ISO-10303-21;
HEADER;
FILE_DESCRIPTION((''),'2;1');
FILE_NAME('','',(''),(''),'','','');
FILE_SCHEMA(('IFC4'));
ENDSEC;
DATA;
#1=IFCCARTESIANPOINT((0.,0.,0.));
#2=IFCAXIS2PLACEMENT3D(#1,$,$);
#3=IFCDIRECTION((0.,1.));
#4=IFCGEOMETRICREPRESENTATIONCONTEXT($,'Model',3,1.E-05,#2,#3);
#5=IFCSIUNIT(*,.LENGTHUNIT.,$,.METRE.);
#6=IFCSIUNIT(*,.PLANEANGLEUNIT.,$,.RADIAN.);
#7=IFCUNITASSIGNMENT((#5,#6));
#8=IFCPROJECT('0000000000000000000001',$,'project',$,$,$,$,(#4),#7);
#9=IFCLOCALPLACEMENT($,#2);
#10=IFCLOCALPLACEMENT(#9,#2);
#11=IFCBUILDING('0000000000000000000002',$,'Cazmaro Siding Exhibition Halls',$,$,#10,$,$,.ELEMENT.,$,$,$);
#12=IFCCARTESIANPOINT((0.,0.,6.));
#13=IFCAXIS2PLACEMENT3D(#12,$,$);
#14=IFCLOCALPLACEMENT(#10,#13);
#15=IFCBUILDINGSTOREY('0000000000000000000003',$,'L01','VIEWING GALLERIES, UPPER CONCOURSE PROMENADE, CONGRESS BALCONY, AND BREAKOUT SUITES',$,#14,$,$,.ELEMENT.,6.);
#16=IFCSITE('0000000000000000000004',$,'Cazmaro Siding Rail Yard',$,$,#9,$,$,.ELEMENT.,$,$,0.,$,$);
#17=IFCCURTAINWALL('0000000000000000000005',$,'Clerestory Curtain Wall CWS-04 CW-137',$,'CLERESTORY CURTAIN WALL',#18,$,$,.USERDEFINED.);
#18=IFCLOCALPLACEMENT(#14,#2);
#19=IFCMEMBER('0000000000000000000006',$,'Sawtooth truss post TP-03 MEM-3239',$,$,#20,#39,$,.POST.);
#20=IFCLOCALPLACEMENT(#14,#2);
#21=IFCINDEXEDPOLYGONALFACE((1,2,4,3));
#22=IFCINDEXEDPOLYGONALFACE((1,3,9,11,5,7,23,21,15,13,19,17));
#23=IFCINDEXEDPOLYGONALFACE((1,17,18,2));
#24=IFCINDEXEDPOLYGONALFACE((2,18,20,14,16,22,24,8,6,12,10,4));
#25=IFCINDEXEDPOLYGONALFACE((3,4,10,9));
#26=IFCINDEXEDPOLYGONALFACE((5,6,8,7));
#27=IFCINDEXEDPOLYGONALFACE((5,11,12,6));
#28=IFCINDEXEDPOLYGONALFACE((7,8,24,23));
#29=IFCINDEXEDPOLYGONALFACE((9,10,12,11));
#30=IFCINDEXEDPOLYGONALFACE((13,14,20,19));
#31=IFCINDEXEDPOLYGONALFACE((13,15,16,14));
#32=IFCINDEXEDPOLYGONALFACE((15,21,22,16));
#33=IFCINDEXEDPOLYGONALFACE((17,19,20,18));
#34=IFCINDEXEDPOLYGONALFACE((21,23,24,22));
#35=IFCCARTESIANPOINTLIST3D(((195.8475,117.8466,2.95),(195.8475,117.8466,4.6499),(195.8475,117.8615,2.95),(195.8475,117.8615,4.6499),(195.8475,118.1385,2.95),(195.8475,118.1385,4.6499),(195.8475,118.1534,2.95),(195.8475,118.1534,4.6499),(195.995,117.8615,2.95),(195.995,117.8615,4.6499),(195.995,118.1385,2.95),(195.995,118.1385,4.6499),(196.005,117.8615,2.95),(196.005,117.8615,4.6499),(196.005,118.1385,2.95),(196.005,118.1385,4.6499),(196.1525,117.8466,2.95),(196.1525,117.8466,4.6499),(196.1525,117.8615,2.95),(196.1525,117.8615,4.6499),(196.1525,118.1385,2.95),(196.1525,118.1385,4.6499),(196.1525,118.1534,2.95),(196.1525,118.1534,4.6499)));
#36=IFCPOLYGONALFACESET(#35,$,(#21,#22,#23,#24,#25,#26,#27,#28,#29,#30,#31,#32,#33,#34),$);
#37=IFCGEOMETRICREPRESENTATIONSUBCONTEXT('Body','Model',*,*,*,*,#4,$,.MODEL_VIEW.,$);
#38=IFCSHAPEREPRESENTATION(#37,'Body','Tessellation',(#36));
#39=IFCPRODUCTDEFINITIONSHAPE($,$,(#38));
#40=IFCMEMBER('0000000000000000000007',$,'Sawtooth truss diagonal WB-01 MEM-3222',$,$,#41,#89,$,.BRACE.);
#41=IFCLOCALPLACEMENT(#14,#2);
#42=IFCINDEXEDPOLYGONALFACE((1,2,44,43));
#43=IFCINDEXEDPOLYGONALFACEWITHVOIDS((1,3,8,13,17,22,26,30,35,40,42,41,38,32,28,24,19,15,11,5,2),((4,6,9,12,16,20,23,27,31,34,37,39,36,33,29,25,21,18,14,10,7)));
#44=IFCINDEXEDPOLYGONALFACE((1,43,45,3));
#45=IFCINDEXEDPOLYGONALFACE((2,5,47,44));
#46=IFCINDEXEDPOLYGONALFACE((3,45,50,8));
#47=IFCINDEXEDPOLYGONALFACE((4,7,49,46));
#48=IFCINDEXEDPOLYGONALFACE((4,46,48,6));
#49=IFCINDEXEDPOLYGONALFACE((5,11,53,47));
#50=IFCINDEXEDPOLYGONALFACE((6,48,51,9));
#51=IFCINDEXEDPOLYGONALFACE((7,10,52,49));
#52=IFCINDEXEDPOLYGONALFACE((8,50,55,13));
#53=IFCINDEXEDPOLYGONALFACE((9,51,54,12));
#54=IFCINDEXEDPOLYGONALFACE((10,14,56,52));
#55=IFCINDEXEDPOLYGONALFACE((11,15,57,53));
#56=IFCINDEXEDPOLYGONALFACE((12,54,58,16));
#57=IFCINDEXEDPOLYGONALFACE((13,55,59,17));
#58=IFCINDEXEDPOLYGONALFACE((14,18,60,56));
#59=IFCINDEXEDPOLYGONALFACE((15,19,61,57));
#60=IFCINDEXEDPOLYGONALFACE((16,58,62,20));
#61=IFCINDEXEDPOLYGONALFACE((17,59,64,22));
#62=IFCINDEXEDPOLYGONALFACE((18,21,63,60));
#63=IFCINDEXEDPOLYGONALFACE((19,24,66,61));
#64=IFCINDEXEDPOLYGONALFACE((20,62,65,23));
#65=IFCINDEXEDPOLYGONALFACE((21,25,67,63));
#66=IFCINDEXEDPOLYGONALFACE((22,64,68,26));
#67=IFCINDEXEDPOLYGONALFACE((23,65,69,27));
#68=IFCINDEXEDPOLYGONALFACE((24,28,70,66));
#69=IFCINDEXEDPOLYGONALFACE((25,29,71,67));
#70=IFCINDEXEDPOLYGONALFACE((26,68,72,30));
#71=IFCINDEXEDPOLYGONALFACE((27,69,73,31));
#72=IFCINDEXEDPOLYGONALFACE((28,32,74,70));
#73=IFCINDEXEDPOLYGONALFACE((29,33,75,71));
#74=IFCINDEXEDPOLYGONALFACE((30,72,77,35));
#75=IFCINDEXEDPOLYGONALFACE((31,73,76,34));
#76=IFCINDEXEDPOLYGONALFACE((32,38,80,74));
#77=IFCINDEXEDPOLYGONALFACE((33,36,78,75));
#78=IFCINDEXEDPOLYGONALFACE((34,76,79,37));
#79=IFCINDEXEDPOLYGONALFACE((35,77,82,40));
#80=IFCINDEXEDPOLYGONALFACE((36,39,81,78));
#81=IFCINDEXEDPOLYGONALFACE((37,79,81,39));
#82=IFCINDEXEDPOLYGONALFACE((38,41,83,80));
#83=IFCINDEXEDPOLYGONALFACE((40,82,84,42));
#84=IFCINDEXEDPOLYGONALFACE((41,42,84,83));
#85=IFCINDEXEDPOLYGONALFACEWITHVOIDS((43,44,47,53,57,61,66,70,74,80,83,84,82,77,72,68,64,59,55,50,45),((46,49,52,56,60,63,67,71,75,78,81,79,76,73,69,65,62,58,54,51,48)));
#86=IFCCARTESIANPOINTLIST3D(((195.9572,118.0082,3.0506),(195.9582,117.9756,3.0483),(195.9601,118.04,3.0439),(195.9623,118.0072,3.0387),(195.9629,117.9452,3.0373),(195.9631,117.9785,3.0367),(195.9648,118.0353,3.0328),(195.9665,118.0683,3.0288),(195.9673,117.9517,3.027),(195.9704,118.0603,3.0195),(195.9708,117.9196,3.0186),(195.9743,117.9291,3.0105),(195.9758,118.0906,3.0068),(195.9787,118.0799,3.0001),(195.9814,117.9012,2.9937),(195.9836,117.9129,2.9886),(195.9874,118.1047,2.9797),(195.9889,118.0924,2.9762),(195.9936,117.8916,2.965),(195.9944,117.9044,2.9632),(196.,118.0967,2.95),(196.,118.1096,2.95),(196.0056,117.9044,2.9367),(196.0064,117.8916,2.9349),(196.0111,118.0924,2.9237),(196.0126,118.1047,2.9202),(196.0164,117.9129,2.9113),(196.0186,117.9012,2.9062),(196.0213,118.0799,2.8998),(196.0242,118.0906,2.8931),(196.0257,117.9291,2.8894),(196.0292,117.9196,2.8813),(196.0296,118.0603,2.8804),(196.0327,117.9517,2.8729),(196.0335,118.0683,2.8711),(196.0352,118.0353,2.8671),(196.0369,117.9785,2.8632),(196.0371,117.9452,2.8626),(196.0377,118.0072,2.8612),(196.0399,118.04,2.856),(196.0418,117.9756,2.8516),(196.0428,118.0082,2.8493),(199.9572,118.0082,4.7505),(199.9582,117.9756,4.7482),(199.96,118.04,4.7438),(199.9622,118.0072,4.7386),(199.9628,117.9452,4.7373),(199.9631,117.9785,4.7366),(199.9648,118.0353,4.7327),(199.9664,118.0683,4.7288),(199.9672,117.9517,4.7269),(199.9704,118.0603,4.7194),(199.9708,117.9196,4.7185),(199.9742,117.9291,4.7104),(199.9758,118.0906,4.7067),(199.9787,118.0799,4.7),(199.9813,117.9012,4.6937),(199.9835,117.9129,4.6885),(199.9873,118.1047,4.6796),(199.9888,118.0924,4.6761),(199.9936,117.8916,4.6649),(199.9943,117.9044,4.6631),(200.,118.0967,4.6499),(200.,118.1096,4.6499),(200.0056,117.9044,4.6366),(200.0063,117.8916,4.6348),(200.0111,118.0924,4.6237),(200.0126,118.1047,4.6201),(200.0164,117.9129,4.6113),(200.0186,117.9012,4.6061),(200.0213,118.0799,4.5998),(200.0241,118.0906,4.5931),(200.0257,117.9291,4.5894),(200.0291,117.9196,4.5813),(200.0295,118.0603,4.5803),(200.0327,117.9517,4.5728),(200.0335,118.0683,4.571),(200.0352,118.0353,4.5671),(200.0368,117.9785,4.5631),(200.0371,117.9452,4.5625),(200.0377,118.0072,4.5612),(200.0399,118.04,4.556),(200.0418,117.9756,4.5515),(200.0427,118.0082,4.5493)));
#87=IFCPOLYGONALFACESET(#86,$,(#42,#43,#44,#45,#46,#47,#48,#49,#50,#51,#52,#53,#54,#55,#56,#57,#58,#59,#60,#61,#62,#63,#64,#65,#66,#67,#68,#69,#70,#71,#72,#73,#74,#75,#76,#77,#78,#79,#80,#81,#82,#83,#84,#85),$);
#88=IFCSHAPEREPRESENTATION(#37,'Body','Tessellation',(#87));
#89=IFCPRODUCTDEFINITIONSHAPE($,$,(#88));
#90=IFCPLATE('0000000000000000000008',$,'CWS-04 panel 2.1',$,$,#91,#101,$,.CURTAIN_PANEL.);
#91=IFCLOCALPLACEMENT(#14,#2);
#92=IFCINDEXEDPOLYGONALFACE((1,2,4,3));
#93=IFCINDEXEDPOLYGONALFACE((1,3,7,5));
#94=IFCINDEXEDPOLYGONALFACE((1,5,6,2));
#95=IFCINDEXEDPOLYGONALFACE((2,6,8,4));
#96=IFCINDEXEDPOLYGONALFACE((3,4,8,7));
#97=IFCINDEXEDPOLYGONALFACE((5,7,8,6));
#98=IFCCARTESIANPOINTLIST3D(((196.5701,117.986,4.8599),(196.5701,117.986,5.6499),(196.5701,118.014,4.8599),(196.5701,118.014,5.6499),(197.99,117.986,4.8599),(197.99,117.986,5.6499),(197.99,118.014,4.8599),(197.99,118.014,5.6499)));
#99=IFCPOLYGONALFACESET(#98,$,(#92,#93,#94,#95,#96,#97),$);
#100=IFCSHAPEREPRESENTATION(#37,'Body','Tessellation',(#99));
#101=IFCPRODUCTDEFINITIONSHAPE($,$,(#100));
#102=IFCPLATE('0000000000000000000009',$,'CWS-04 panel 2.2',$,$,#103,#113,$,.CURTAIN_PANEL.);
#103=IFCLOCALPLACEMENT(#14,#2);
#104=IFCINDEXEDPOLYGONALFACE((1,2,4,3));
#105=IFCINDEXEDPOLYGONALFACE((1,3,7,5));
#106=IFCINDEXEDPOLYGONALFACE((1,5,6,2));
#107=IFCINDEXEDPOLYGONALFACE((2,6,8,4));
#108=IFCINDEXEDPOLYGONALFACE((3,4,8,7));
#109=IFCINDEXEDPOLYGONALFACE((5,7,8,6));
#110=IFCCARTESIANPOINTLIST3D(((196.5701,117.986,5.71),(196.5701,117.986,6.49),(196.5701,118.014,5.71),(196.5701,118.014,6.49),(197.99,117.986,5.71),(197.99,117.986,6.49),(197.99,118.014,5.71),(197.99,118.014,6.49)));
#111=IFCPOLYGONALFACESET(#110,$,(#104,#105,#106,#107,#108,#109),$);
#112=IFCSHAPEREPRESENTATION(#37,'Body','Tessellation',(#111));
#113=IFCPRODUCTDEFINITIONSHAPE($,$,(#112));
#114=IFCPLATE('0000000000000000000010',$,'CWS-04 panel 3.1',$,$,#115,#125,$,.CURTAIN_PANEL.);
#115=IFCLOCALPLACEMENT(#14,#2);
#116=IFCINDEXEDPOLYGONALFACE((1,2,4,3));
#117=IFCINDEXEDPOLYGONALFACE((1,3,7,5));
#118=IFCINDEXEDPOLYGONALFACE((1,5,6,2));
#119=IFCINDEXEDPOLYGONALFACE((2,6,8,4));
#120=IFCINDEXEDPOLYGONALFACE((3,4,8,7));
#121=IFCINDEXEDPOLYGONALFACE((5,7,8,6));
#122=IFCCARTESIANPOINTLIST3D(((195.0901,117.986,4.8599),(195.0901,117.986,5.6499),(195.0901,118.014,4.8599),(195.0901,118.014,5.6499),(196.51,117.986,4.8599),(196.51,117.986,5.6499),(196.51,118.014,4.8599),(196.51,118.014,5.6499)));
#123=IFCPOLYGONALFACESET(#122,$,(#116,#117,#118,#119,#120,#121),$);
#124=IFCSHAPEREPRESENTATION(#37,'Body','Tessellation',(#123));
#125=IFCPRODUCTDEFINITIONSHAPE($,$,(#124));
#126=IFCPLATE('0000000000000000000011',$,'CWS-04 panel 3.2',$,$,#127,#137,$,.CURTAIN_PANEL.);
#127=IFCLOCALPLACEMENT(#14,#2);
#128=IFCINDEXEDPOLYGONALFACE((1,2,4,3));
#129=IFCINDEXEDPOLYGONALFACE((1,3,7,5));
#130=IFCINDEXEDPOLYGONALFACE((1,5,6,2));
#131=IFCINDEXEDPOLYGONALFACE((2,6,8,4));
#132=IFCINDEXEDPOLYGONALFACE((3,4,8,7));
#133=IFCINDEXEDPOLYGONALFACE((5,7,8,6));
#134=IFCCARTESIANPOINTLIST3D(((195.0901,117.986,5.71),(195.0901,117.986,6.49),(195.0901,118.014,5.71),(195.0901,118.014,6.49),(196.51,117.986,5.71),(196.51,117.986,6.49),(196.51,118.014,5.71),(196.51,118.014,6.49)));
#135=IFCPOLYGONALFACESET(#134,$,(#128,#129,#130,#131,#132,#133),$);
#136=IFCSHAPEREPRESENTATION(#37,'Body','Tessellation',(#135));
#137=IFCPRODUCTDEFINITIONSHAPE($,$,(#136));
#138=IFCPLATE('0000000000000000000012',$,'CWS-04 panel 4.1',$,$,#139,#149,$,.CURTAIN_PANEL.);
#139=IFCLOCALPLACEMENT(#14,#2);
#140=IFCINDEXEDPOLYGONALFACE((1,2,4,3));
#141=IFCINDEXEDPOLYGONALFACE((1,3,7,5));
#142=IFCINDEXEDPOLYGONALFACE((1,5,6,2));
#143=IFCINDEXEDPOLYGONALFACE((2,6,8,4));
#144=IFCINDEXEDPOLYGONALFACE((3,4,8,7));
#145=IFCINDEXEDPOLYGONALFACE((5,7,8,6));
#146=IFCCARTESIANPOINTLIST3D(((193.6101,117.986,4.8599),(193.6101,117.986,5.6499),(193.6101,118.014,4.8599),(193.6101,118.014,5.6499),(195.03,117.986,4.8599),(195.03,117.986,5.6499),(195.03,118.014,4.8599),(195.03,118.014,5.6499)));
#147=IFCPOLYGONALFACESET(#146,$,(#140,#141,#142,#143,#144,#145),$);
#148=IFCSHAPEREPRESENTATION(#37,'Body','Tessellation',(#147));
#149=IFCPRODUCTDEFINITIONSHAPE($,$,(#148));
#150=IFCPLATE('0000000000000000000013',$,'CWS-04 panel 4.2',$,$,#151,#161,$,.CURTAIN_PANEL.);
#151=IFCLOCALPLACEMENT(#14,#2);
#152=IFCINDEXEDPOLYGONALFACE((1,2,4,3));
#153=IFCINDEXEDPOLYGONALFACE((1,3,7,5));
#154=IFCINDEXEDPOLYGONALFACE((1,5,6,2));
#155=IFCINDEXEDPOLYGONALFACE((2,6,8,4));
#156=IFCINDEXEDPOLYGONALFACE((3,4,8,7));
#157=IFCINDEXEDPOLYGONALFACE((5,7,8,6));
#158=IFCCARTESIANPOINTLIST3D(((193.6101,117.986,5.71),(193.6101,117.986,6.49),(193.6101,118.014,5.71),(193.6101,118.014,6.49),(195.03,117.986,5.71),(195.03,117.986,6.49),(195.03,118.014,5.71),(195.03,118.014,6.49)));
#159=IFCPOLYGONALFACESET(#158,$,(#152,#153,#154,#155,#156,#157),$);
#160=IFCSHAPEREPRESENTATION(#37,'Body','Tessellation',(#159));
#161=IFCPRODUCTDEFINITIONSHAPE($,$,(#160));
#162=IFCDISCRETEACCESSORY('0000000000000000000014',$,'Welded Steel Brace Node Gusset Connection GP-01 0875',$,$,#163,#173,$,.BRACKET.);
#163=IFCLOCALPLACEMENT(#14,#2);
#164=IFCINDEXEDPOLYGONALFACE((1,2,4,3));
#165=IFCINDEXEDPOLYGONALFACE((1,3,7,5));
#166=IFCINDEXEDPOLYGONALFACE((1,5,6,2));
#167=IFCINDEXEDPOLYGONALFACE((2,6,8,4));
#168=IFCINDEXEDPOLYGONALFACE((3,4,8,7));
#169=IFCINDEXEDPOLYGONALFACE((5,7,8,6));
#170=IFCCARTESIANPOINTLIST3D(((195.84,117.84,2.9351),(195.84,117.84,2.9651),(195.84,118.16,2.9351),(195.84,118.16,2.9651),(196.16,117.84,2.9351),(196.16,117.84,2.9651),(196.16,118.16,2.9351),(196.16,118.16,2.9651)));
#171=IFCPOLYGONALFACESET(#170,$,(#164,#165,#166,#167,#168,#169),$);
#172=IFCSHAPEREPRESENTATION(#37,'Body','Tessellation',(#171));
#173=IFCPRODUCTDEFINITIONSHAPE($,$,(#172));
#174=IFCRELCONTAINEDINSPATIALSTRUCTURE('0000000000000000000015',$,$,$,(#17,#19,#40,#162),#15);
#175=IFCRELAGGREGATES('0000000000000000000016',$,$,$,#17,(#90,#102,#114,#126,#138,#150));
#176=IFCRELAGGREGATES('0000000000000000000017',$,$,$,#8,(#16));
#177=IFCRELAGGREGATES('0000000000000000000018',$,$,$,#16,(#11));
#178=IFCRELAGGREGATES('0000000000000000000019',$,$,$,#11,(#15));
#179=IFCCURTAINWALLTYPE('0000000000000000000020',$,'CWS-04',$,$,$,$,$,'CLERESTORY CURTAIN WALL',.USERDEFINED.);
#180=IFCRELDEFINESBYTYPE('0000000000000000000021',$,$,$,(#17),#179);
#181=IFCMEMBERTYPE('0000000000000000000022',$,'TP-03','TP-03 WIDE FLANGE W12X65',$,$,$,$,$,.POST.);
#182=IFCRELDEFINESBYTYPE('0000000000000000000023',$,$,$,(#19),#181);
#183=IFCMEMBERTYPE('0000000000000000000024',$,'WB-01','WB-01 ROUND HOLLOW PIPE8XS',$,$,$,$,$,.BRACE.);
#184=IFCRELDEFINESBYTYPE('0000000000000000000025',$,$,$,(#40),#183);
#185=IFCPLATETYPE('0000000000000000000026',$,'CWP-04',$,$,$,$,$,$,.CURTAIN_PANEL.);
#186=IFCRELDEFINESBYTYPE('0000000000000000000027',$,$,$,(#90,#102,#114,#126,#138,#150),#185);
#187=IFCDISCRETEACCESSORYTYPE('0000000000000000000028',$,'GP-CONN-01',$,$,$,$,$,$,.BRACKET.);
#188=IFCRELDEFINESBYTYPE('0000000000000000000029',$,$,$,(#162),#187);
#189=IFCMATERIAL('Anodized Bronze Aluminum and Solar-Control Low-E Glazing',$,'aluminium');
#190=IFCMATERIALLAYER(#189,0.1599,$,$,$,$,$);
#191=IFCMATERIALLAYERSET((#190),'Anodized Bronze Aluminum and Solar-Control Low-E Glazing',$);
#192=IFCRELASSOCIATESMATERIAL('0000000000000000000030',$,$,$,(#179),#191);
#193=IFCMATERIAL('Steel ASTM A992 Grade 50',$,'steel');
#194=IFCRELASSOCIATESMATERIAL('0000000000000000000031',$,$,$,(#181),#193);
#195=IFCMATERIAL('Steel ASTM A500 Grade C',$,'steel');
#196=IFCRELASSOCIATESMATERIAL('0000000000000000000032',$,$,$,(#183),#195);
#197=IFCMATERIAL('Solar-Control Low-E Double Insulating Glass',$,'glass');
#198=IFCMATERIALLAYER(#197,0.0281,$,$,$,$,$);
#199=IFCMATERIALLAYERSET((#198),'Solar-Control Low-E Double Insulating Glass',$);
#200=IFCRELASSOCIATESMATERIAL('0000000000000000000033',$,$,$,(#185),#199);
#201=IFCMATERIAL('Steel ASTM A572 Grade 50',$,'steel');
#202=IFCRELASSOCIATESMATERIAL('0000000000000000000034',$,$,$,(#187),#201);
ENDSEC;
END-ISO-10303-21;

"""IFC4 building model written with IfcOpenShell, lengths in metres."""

from ifc_helpers import new_model, si_unit, direction, frame, origin, origin_2d, place, context, subcontext, project, spatial, rectangle, hollow_circle, i_section, extrude, material, layer, layer_set, material_profile, profile_set, type_object, element, aggregate, save


model = new_model("IFC4")

# Units and contexts
model_context = context("Model", 3, precision=1e-05, world=origin(), true_north=direction((0.0, 1.0)))
body_context = subcontext(model_context, "Body", "Model", "MODEL_VIEW")
ifc_project = project(units=[si_unit("LENGTHUNIT", "METRE"), si_unit("PLANEANGLEUNIT", "RADIAN")], contexts=[model_context])

# Site, building, storey
site_placement = place(None, origin())
site = spatial("IfcSite", under=ifc_project, at=site_placement, Name="Cazmaro Siding Rail Yard", CompositionType="ELEMENT", RefElevation=0.0)
building_placement = place(site_placement, origin())
building = spatial("IfcBuilding", under=site, at=building_placement, Name="Cazmaro Siding Exhibition Halls", CompositionType="ELEMENT")
storey_placement = place(building_placement, frame((0.0, 0.0, 6.0)))
storey = spatial("IfcBuildingStorey", under=building, at=storey_placement, Name="L01", Description="VIEWING GALLERIES, UPPER CONCOURSE PROMENADE, CONGRESS BALCONY, AND BREAKOUT SUITES", CompositionType="ELEMENT", Elevation=6.0)

# Curtain wall
ifc_material_1 = material(Name="Anodized Bronze Aluminum and Solar-Control Low-E Glazing", Category="aluminium")
ifc_layer_1 = layer(ifc_material_1, 0.1599)
ifc_layer_set_1 = layer_set([ifc_layer_1], Name="Anodized Bronze Aluminum and Solar-Control Low-E Glazing")
curtain_wall_type = type_object("IfcCurtainWallType", Name="CWS-04", ElementType="CLERESTORY CURTAIN WALL", PredefinedType="USERDEFINED", material=ifc_layer_set_1)
curtain_wall_placement = place(storey_placement, origin())
curtain_wall = element("IfcCurtainWall", 1, at=curtain_wall_placement, inside=storey, type_object=curtain_wall_type, Name="Clerestory Curtain Wall CWS-04 CW-137", ObjectType="CLERESTORY CURTAIN WALL", PredefinedType="USERDEFINED")

# Members
ifc_material_2 = material(Name="Steel ASTM A992 Grade 50", Category="steel")
ifc_material_profile_1 = material_profile(ifc_material_2, i_section(OverallWidth=0.3049, OverallDepth=0.3069, WebThickness=0.01, FlangeThickness=0.0149, at=origin_2d()), Name="W12X65")
ifc_profile_set_1 = profile_set([ifc_material_profile_1], Name="Steel ASTM A992 Grade 50")
member_type_1 = type_object("IfcMemberType", Name="TP-03", Description="TP-03 WIDE FLANGE W12X65", PredefinedType="POST", material=ifc_profile_set_1)
member_1_placement = place(storey_placement, frame((196.0, 118.0, 2.95), z_axis=(0.0, 0.0, 1.0), x_axis=(1.0, 0.0, 0.0)))
element("IfcMember", 2, at=member_1_placement, inside=storey, type_object=member_type_1, Name="Sawtooth truss post TP-03 MEM-3239", PredefinedType="POST", context=body_context, shape_type="SweptSolid", body=[
    extrude(i_section(OverallWidth=0.3049, OverallDepth=0.3069, WebThickness=0.01, FlangeThickness=0.0149, at=origin_2d()), origin(), (0.0, 0.0, 1.0), 1.7),
])
ifc_material_3 = material(Name="Steel ASTM A500 Grade C", Category="steel")
ifc_material_profile_2 = material_profile(ifc_material_3, hollow_circle(Radius=0.1096, WallThickness=0.0129, at=origin_2d()), Name="PIPE8XS")
ifc_profile_set_2 = profile_set([ifc_material_profile_2], Name="Steel ASTM A500 Grade C")
member_type_2 = type_object("IfcMemberType", Name="WB-01", Description="WB-01 ROUND HOLLOW PIPE8XS", PredefinedType="BRACE", material=ifc_profile_set_2)
member_2_placement = place(storey_placement, frame((196.0, 118.0, 2.95), z_axis=(0.920335, 0.0, 0.391131), x_axis=(0.0, 1.0, 0.0)))
element("IfcMember", 3, at=member_2_placement, inside=storey, type_object=member_type_2, Name="Sawtooth truss diagonal WB-01 MEM-3222", PredefinedType="BRACE", context=body_context, shape_type="SweptSolid", body=[
    extrude(hollow_circle(Radius=0.1096, WallThickness=0.0129, at=origin_2d()), origin(), (0.0, 0.0, 1.0), 4.3462),
])

# Plates
ifc_material_4 = material(Name="Solar-Control Low-E Double Insulating Glass", Category="glass")
ifc_layer_2 = layer(ifc_material_4, 0.0281)
ifc_layer_set_2 = layer_set([ifc_layer_2], Name="Solar-Control Low-E Double Insulating Glass")
plate_type = type_object("IfcPlateType", Name="CWP-04", PredefinedType="CURTAIN_PANEL", material=ifc_layer_set_2)
plate_1_placement = place(storey_placement, frame((197.28, 118.0, 4.8599), z_axis=(0.0, 0.0, 1.0), x_axis=(-1.0, 0.0, 0.0)))
plate_1 = element("IfcPlate", 4, at=plate_1_placement, type_object=plate_type, Name="CWS-04 panel 2.1", PredefinedType="CURTAIN_PANEL", context=body_context, shape_type="SweptSolid", body=[
    extrude(rectangle(XDim=1.4199, YDim=0.0281, at=origin_2d()), origin(), (0.0, 0.0, 1.0), 0.79),
])
plate_2_placement = place(storey_placement, frame((197.28, 118.0, 5.71), z_axis=(0.0, 0.0, 1.0), x_axis=(-1.0, 0.0, 0.0)))
plate_2 = element("IfcPlate", 5, at=plate_2_placement, type_object=plate_type, Name="CWS-04 panel 2.2", PredefinedType="CURTAIN_PANEL", context=body_context, shape_type="SweptSolid", body=[
    extrude(rectangle(XDim=1.4199, YDim=0.0281, at=origin_2d()), origin(), (0.0, 0.0, 1.0), 0.78),
])
plate_3_placement = place(storey_placement, frame((195.8, 118.0, 4.8599), z_axis=(0.0, 0.0, 1.0), x_axis=(-1.0, 0.0, 0.0)))
plate_3 = element("IfcPlate", 6, at=plate_3_placement, type_object=plate_type, Name="CWS-04 panel 3.1", PredefinedType="CURTAIN_PANEL", context=body_context, shape_type="SweptSolid", body=[
    extrude(rectangle(XDim=1.4199, YDim=0.0281, at=origin_2d()), origin(), (0.0, 0.0, 1.0), 0.79),
])
plate_4_placement = place(storey_placement, frame((195.8, 118.0, 5.71), z_axis=(0.0, 0.0, 1.0), x_axis=(-1.0, 0.0, 0.0)))
plate_4 = element("IfcPlate", 7, at=plate_4_placement, type_object=plate_type, Name="CWS-04 panel 3.2", PredefinedType="CURTAIN_PANEL", context=body_context, shape_type="SweptSolid", body=[
    extrude(rectangle(XDim=1.4199, YDim=0.0281, at=origin_2d()), origin(), (0.0, 0.0, 1.0), 0.78),
])
plate_5_placement = place(storey_placement, frame((194.3201, 118.0, 4.8599), z_axis=(0.0, 0.0, 1.0), x_axis=(-1.0, 0.0, 0.0)))
plate_5 = element("IfcPlate", 8, at=plate_5_placement, type_object=plate_type, Name="CWS-04 panel 4.1", PredefinedType="CURTAIN_PANEL", context=body_context, shape_type="SweptSolid", body=[
    extrude(rectangle(XDim=1.4199, YDim=0.0281, at=origin_2d()), origin(), (0.0, 0.0, 1.0), 0.79),
])
plate_6_placement = place(storey_placement, frame((194.3201, 118.0, 5.71), z_axis=(0.0, 0.0, 1.0), x_axis=(-1.0, 0.0, 0.0)))
plate_6 = element("IfcPlate", 9, at=plate_6_placement, type_object=plate_type, Name="CWS-04 panel 4.2", PredefinedType="CURTAIN_PANEL", context=body_context, shape_type="SweptSolid", body=[
    extrude(rectangle(XDim=1.4199, YDim=0.0281, at=origin_2d()), origin(), (0.0, 0.0, 1.0), 0.78),
])
aggregate(curtain_wall, [plate_1, plate_2, plate_3, plate_4, plate_5, plate_6])

# Discrete accessory
ifc_material_5 = material(Name="Steel ASTM A572 Grade 50", Category="steel")
discrete_accessory_type = type_object("IfcDiscreteAccessoryType", Name="GP-CONN-01", PredefinedType="BRACKET", material=ifc_material_5)
discrete_accessory_placement = place(storey_placement, frame((196.0, 118.0, 2.9351), z_axis=(0.0, 0.0, 1.0), x_axis=(1.0, 0.0, 0.0)))
element("IfcDiscreteAccessory", 10, at=discrete_accessory_placement, inside=storey, type_object=discrete_accessory_type, Name="Welded Steel Brace Node Gusset Connection GP-01 0875", PredefinedType="BRACKET", context=body_context, shape_type="SweptSolid", body=[
    extrude(rectangle(XDim=0.3201, YDim=0.3201, at=origin_2d()), origin(), (0.0, 0.0, 1.0), 0.03),
])

save(model, "model.ifc")
